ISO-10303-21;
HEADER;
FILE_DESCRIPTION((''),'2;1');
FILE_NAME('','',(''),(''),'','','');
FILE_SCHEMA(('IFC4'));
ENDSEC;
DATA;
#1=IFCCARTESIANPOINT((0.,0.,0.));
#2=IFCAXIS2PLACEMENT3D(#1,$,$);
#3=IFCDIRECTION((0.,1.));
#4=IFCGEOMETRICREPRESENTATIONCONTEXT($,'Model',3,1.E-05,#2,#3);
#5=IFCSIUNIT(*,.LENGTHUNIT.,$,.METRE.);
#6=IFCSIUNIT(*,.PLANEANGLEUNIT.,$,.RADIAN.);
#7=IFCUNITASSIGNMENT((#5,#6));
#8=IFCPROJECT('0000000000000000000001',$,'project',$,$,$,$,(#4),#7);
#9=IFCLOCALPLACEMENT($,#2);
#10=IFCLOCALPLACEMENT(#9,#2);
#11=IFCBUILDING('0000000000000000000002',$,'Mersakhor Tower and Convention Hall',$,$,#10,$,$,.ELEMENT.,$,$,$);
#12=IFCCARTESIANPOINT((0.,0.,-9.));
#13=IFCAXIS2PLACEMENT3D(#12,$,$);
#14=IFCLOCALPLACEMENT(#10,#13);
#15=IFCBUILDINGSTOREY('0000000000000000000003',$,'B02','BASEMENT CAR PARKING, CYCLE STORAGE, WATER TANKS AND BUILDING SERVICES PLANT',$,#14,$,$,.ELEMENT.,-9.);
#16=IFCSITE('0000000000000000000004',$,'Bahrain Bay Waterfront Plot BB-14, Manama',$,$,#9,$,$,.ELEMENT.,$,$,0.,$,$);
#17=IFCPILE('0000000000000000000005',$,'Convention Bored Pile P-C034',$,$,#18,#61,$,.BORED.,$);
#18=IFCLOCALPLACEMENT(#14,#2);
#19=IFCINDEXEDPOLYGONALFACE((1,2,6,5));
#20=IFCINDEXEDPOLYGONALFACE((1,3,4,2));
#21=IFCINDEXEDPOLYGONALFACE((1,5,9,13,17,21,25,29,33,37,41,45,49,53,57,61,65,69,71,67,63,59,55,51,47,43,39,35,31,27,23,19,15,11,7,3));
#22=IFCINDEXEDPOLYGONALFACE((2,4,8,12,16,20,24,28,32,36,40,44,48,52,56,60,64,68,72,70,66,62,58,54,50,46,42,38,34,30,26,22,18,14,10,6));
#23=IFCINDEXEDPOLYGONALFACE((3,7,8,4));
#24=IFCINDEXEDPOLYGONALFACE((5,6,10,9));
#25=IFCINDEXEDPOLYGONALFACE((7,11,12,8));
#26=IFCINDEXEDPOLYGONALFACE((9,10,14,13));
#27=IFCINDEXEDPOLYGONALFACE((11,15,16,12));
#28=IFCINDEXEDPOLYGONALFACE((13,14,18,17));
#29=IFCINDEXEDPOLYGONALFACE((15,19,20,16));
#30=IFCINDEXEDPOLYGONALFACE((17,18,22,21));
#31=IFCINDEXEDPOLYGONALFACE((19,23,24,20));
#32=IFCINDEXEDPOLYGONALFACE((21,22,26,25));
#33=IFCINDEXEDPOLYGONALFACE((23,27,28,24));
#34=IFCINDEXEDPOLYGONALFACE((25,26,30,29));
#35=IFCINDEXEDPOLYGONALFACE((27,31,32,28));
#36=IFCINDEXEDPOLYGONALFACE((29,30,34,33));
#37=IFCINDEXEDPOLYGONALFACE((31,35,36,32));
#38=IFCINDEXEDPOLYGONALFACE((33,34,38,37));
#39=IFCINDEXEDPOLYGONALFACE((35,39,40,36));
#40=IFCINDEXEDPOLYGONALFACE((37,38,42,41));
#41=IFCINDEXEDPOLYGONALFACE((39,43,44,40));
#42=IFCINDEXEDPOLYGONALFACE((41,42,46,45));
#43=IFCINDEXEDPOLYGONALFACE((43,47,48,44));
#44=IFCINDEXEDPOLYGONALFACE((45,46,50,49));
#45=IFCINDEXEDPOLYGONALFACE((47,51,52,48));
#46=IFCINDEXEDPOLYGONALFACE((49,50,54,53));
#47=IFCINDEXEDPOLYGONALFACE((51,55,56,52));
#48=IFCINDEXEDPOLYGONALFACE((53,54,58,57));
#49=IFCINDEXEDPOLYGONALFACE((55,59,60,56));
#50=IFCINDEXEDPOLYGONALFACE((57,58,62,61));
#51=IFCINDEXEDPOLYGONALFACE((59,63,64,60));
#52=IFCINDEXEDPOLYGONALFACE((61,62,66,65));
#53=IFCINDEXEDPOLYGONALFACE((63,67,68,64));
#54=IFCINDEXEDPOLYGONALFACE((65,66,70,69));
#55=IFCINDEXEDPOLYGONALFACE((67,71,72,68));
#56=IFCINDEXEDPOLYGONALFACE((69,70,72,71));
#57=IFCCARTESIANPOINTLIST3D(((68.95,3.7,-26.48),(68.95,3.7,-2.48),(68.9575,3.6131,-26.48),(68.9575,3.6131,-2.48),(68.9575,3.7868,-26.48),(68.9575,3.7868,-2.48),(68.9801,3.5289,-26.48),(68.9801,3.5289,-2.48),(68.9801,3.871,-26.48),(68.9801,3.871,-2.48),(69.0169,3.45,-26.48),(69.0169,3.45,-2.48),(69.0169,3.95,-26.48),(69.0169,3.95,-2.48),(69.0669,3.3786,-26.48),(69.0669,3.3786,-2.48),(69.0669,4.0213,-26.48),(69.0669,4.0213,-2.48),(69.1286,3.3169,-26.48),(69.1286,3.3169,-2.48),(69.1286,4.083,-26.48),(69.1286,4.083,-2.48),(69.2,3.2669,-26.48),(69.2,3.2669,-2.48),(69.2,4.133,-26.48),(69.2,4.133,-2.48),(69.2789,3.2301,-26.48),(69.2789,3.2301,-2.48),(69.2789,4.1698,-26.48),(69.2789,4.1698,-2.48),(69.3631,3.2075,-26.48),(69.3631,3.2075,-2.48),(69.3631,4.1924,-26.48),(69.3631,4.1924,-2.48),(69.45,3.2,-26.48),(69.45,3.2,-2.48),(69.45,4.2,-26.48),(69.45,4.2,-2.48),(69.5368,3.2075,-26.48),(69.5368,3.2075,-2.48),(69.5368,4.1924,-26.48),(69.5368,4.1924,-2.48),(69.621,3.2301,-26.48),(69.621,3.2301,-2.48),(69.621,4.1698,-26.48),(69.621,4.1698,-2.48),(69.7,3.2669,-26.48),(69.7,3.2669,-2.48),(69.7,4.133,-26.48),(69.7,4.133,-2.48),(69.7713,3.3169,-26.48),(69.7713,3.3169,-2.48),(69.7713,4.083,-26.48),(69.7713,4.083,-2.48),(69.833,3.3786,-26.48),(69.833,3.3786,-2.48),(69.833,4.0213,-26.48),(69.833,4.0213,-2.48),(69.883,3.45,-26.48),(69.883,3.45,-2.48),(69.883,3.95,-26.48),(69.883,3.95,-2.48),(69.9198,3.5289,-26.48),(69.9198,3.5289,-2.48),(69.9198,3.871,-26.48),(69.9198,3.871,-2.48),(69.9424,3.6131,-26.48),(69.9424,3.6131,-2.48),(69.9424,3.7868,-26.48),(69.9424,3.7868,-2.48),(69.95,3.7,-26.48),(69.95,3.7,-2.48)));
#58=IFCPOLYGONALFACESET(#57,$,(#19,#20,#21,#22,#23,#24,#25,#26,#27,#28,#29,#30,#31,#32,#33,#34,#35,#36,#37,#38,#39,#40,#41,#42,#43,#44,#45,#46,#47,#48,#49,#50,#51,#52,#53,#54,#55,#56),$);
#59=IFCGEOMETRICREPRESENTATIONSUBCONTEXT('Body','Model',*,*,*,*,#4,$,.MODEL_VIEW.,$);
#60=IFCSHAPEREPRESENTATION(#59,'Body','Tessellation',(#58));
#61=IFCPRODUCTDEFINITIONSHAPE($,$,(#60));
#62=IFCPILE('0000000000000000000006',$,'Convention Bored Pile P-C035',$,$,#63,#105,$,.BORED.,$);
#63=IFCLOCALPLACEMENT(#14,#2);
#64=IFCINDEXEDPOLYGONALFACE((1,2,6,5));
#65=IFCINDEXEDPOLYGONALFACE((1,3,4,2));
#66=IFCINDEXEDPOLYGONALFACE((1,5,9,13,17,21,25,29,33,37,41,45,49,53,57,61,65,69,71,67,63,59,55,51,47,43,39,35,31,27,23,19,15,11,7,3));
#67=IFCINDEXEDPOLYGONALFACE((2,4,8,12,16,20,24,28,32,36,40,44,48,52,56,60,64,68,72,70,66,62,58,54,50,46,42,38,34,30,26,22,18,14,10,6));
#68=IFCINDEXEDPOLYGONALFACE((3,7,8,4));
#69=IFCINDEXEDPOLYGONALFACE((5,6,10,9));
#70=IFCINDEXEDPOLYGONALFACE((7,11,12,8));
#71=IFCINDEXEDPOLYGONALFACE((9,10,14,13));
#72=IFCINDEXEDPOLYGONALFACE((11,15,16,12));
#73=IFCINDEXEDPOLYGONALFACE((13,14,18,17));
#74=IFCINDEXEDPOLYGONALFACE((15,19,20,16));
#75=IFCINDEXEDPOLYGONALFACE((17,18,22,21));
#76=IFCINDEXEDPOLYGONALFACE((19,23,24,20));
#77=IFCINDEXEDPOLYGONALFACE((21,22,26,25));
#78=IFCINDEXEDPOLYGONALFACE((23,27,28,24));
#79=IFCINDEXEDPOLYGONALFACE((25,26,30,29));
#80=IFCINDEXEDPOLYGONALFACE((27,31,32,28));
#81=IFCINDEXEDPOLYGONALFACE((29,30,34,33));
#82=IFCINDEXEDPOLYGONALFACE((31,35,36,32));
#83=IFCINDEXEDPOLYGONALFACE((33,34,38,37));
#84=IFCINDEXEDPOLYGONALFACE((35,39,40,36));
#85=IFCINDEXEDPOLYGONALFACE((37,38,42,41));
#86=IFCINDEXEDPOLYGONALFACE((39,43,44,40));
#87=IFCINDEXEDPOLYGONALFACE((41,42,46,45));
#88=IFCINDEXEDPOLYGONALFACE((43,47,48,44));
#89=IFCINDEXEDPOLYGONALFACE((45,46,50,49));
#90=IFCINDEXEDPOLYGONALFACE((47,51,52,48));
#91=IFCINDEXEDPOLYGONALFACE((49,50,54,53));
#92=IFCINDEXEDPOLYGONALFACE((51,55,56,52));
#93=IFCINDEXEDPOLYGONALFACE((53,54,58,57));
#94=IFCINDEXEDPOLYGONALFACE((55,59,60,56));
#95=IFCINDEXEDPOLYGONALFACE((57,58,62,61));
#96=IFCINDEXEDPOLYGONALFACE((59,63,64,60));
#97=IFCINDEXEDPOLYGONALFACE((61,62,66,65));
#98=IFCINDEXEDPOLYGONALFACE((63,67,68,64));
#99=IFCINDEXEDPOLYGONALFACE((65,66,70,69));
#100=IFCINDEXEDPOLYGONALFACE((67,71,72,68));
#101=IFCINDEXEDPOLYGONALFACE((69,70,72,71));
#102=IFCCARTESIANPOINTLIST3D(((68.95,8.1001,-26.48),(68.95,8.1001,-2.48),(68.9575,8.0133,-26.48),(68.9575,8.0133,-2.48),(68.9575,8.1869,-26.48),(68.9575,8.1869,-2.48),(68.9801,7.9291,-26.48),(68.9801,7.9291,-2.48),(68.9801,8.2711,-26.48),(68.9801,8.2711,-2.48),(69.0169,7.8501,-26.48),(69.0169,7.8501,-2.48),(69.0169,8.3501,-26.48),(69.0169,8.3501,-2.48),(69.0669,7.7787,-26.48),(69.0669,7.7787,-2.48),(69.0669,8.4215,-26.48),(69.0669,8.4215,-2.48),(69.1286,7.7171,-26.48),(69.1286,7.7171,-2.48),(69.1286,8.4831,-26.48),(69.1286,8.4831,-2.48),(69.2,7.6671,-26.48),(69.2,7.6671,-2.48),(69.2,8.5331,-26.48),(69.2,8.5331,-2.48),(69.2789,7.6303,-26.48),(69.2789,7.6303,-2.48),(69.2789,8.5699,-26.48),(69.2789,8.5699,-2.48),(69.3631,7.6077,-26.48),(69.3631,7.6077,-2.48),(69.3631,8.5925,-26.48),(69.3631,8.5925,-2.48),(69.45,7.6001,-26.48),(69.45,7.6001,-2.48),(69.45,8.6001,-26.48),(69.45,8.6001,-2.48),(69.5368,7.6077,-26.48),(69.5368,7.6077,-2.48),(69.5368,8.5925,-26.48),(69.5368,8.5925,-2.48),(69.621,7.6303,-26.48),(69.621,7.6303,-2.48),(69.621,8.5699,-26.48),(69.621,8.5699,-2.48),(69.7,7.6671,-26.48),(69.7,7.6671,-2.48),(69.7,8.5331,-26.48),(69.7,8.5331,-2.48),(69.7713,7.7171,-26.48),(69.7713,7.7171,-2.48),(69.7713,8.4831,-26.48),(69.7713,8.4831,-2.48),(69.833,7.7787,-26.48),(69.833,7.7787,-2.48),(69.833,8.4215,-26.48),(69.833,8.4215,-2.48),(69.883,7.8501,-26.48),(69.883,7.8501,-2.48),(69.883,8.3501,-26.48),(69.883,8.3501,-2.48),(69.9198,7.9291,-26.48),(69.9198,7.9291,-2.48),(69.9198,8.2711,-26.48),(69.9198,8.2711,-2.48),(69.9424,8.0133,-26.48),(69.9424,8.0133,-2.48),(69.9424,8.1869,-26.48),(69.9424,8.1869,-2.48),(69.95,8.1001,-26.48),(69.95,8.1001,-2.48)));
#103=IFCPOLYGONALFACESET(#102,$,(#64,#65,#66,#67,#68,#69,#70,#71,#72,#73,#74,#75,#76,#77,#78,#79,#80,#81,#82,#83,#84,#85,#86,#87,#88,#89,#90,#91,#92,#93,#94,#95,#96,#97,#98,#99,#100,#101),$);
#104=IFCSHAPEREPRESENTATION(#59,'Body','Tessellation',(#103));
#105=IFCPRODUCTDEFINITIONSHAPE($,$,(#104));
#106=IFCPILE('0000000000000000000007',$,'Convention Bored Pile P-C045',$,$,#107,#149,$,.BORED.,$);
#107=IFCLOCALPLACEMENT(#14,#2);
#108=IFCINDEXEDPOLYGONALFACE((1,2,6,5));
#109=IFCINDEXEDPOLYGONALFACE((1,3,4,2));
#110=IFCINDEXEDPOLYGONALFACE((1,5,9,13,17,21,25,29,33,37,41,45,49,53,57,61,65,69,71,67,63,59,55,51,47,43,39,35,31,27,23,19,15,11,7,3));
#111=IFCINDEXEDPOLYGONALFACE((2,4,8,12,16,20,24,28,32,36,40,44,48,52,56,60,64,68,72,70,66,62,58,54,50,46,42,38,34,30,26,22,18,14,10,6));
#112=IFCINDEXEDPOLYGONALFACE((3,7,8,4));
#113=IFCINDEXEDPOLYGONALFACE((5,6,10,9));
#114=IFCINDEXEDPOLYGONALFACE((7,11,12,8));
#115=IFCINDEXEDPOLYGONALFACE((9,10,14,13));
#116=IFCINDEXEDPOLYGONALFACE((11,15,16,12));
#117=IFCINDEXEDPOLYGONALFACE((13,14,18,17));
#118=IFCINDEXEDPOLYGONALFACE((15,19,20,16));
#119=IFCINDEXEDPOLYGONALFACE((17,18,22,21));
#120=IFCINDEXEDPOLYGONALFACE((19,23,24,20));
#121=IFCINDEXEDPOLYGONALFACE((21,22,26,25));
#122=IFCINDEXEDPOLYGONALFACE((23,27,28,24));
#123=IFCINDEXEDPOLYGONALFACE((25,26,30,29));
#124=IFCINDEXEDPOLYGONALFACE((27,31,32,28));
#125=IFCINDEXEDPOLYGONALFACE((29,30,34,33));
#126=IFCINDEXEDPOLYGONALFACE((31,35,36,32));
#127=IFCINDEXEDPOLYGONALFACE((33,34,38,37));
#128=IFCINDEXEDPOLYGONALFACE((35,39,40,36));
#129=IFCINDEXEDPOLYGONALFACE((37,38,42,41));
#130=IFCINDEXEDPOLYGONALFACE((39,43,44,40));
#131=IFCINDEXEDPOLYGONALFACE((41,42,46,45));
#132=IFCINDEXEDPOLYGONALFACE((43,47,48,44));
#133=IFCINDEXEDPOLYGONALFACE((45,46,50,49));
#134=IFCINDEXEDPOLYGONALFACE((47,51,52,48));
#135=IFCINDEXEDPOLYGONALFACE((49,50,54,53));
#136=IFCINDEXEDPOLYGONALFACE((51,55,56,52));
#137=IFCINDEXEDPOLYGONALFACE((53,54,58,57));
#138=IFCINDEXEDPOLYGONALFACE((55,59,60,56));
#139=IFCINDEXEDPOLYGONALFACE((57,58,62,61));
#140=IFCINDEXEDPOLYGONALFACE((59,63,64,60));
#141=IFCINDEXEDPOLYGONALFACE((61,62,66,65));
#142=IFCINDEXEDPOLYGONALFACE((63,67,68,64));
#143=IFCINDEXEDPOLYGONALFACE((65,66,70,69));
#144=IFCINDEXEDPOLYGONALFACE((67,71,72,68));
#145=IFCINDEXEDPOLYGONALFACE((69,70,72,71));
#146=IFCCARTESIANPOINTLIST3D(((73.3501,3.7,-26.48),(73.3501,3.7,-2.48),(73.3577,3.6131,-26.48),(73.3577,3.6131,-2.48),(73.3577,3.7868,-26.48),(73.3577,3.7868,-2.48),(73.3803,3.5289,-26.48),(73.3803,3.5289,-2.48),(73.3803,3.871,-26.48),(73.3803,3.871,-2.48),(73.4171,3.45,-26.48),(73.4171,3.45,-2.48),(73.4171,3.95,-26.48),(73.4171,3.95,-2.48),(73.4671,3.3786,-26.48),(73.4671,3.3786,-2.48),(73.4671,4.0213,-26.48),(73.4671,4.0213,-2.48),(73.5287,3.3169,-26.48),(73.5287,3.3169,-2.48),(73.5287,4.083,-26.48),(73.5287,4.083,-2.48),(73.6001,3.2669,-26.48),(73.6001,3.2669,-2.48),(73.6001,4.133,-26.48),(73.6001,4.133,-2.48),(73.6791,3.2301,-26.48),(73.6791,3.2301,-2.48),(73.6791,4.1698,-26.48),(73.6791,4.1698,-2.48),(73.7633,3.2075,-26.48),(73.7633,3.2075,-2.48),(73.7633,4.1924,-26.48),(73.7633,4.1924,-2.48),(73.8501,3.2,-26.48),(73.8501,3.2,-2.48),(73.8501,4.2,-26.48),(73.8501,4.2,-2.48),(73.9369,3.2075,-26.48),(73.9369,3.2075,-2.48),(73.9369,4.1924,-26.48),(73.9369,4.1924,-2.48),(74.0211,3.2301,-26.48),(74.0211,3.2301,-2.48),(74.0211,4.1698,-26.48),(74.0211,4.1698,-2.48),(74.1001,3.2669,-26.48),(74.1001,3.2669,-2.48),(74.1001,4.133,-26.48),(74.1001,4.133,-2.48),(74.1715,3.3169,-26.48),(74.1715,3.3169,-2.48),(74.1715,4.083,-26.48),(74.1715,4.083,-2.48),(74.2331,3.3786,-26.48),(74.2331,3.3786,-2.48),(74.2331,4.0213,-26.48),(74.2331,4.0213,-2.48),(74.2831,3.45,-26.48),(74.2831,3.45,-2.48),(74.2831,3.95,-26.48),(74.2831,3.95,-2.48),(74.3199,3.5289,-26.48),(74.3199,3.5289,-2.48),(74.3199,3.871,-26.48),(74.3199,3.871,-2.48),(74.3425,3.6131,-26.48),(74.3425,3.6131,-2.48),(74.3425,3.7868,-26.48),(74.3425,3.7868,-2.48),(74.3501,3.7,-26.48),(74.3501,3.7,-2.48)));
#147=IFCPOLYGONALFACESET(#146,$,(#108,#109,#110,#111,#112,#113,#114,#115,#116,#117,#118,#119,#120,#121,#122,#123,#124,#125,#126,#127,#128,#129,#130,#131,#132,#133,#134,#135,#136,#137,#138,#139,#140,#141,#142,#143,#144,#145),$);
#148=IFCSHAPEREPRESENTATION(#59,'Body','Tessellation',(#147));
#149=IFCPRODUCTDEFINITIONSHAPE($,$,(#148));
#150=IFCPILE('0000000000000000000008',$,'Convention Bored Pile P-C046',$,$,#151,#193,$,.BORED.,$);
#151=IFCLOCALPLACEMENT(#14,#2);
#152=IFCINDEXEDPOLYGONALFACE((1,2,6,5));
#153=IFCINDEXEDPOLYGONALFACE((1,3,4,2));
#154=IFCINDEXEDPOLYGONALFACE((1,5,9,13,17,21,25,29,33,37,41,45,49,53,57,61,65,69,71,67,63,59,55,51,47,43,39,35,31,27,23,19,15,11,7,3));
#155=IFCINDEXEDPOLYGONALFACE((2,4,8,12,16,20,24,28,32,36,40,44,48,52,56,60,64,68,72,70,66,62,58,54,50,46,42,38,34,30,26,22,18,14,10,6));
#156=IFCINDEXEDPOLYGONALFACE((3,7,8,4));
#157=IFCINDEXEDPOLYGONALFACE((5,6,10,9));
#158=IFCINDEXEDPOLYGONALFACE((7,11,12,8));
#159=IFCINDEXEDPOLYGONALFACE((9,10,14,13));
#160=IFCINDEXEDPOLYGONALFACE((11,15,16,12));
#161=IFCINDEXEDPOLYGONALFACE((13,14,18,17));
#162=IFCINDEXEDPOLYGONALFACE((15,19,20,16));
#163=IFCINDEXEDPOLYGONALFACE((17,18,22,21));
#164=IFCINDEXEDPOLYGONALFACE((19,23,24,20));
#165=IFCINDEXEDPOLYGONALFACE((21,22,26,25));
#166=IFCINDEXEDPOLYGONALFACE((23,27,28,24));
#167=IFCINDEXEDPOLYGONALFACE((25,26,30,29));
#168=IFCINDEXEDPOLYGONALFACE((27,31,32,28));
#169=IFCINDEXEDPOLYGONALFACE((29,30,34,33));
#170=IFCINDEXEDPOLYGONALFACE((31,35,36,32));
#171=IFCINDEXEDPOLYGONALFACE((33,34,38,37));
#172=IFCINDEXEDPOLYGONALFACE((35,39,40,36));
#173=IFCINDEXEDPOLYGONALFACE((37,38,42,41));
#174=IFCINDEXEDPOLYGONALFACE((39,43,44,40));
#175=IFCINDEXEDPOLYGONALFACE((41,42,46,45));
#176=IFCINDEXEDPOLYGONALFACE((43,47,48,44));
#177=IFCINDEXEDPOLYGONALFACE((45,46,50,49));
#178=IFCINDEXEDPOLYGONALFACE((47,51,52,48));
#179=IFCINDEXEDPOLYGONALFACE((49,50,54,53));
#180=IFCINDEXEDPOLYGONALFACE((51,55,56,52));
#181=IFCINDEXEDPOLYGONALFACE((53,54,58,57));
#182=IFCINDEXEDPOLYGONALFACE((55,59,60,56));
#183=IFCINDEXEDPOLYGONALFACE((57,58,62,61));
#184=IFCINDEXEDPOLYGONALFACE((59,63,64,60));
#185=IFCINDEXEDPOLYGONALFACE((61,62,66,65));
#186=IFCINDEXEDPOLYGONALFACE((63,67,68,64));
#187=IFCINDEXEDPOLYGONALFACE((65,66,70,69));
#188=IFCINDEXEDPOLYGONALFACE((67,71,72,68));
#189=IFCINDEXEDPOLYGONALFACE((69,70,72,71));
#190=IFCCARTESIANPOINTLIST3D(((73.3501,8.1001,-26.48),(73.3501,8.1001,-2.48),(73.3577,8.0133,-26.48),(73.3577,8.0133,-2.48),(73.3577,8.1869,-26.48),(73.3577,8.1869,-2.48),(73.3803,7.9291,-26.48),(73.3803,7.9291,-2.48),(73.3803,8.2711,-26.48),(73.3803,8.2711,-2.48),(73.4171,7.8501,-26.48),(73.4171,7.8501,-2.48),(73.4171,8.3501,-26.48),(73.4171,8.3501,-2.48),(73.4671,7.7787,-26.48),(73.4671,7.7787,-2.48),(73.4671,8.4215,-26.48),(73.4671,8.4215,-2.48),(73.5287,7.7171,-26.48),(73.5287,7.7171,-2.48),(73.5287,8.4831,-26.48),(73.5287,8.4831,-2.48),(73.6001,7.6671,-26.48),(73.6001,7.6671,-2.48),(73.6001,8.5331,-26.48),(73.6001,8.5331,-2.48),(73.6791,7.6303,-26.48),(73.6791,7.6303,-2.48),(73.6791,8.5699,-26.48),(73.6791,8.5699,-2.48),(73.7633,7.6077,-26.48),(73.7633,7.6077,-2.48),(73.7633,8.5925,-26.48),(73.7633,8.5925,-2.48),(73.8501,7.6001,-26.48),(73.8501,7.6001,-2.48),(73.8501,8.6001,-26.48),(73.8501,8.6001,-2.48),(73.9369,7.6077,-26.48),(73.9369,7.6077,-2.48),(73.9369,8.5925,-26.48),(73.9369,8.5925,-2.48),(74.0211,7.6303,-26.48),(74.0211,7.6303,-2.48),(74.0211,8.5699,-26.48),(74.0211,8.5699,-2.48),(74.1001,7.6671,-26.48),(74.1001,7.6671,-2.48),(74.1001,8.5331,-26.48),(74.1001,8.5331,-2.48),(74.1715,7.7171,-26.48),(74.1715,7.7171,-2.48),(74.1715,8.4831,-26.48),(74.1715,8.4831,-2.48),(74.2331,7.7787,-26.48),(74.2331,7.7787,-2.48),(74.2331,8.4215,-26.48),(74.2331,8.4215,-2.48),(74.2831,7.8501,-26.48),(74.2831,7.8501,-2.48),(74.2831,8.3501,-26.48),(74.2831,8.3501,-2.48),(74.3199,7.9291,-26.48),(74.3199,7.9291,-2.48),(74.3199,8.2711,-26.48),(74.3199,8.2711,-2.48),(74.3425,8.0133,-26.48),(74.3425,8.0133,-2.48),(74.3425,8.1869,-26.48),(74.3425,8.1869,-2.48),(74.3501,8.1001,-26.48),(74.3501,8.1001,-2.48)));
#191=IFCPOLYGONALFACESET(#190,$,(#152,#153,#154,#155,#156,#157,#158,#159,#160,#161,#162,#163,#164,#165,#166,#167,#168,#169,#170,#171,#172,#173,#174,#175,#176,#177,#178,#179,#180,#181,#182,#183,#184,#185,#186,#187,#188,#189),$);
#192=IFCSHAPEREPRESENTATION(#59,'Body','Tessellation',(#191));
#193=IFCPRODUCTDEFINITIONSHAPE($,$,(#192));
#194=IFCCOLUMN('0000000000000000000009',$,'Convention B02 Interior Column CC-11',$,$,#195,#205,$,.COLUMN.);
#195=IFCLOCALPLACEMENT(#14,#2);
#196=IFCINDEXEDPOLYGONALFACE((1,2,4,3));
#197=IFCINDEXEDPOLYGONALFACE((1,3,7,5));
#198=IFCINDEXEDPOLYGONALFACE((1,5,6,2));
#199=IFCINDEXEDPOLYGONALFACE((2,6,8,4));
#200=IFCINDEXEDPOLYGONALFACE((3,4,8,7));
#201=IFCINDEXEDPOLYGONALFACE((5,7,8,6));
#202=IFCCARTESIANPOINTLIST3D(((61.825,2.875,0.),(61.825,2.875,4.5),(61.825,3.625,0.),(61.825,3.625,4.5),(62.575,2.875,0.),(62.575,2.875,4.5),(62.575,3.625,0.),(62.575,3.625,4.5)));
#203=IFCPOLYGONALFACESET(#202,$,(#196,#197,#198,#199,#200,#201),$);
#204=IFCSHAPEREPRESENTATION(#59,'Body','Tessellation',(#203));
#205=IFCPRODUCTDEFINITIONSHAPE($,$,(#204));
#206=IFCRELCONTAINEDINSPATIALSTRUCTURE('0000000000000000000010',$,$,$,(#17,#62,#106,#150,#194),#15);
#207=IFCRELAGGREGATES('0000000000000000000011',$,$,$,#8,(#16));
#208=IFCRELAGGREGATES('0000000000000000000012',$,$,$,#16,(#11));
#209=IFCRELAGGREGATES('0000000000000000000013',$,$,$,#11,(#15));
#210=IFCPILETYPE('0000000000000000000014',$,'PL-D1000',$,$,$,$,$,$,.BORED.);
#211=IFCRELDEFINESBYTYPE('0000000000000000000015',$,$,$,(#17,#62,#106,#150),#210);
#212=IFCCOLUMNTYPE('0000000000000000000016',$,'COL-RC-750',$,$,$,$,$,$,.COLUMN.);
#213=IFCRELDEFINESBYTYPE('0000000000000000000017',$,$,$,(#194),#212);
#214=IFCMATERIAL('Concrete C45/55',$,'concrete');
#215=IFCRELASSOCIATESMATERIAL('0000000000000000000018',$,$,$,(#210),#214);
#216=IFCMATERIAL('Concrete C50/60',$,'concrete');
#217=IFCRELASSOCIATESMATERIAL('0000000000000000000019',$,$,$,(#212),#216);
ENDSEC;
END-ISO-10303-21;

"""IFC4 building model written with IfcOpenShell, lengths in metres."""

from ifc_helpers import new_model, si_unit, direction, frame, origin, origin_2d, place, context, subcontext, project, spatial, rectangle, circle, extrude, material, material_profile, profile_set, type_object, element, save


model = new_model("IFC4")

# Units and contexts
model_context = context("Model", 3, precision=1e-05, world=origin(), true_north=direction((0.0, 1.0)))
body_context = subcontext(model_context, "Body", "Model", "MODEL_VIEW")
ifc_project = project(units=[si_unit("LENGTHUNIT", "METRE"), si_unit("PLANEANGLEUNIT", "RADIAN")], contexts=[model_context])

# Site, building, storey
site_placement = place(None, origin())
site = spatial("IfcSite", under=ifc_project, at=site_placement, Name="Bahrain Bay Waterfront Plot BB-14, Manama", CompositionType="ELEMENT", RefElevation=0.0)
building_placement = place(site_placement, origin())
building = spatial("IfcBuilding", under=site, at=building_placement, Name="Mersakhor Tower and Convention Hall", CompositionType="ELEMENT")
storey_placement = place(building_placement, frame((0.0, 0.0, -9.0)))
storey = spatial("IfcBuildingStorey", under=building, at=storey_placement, Name="B02", Description="BASEMENT CAR PARKING, CYCLE STORAGE, WATER TANKS AND BUILDING SERVICES PLANT", CompositionType="ELEMENT", Elevation=-9.0)

# Piles
ifc_material_1 = material(Name="Concrete C45/55", Category="concrete")
ifc_material_profile_1 = material_profile(ifc_material_1, circle(Radius=0.5, at=origin_2d()), Name="PILE D1000")
ifc_profile_set_1 = profile_set([ifc_material_profile_1], Name="Concrete C45/55")
pile_type = type_object("IfcPileType", Name="PL-D1000", PredefinedType="BORED", material=ifc_profile_set_1)
for number, where, z_axis, x_axis, name in (
    (1, (69.45, 3.7, -2.48), (0.0, 0.0, -1.0), (1.0, 0.0, 0.0), "Convention Bored Pile P-C034"),
    (2, (69.45, 8.1001, -2.48), (0.0, 0.0, -1.0), (1.0, 0.0, 0.0), "Convention Bored Pile P-C035"),
    (3, (73.8501, 3.7, -2.48), (0.0, 0.0, -1.0), (1.0, 0.0, 0.0), "Convention Bored Pile P-C045"),
    (4, (73.8501, 8.1001, -2.48), (0.0, 0.0, -1.0), (1.0, 0.0, 0.0), "Convention Bored Pile P-C046"),
):
    element("IfcPile", number, at=place(storey_placement, frame(where, z_axis=z_axis, x_axis=x_axis)), inside=storey, type_object=pile_type, Name=name, PredefinedType="BORED", context=body_context, shape_type="SweptSolid", body=[
        extrude(circle(Radius=0.5, at=origin_2d()), origin(), (0.0, 0.0, 1.0), 24.0),
    ])

# Column
ifc_material_2 = material(Name="Concrete C50/60", Category="concrete")
ifc_material_profile_2 = material_profile(ifc_material_2, rectangle(XDim=0.75, YDim=0.75, at=origin_2d()), Name="RC 750x750")
ifc_profile_set_2 = profile_set([ifc_material_profile_2], Name="Concrete C50/60")
column_type_1 = type_object("IfcColumnType", Name="COL-RC-750", PredefinedType="COLUMN", material=ifc_profile_set_2)
for number, where, z_axis, x_axis, name in (
    (5, (62.2, 3.25, 0.0), (0.0, 0.0, 1.0), (1.0, 0.0, 0.0), "Convention B02 Interior Column CC-11"),
):
    element("IfcColumn", number, at=place(storey_placement, frame(where, z_axis=z_axis, x_axis=x_axis)), inside=storey, type_object=column_type_1, Name=name, PredefinedType="COLUMN", context=body_context, shape_type="SweptSolid", body=[
        extrude(rectangle(XDim=0.75, YDim=0.75, at=origin_2d()), origin(), (0.0, 0.0, 1.0), 4.5),
    ])

save(model, "model.ifc")
